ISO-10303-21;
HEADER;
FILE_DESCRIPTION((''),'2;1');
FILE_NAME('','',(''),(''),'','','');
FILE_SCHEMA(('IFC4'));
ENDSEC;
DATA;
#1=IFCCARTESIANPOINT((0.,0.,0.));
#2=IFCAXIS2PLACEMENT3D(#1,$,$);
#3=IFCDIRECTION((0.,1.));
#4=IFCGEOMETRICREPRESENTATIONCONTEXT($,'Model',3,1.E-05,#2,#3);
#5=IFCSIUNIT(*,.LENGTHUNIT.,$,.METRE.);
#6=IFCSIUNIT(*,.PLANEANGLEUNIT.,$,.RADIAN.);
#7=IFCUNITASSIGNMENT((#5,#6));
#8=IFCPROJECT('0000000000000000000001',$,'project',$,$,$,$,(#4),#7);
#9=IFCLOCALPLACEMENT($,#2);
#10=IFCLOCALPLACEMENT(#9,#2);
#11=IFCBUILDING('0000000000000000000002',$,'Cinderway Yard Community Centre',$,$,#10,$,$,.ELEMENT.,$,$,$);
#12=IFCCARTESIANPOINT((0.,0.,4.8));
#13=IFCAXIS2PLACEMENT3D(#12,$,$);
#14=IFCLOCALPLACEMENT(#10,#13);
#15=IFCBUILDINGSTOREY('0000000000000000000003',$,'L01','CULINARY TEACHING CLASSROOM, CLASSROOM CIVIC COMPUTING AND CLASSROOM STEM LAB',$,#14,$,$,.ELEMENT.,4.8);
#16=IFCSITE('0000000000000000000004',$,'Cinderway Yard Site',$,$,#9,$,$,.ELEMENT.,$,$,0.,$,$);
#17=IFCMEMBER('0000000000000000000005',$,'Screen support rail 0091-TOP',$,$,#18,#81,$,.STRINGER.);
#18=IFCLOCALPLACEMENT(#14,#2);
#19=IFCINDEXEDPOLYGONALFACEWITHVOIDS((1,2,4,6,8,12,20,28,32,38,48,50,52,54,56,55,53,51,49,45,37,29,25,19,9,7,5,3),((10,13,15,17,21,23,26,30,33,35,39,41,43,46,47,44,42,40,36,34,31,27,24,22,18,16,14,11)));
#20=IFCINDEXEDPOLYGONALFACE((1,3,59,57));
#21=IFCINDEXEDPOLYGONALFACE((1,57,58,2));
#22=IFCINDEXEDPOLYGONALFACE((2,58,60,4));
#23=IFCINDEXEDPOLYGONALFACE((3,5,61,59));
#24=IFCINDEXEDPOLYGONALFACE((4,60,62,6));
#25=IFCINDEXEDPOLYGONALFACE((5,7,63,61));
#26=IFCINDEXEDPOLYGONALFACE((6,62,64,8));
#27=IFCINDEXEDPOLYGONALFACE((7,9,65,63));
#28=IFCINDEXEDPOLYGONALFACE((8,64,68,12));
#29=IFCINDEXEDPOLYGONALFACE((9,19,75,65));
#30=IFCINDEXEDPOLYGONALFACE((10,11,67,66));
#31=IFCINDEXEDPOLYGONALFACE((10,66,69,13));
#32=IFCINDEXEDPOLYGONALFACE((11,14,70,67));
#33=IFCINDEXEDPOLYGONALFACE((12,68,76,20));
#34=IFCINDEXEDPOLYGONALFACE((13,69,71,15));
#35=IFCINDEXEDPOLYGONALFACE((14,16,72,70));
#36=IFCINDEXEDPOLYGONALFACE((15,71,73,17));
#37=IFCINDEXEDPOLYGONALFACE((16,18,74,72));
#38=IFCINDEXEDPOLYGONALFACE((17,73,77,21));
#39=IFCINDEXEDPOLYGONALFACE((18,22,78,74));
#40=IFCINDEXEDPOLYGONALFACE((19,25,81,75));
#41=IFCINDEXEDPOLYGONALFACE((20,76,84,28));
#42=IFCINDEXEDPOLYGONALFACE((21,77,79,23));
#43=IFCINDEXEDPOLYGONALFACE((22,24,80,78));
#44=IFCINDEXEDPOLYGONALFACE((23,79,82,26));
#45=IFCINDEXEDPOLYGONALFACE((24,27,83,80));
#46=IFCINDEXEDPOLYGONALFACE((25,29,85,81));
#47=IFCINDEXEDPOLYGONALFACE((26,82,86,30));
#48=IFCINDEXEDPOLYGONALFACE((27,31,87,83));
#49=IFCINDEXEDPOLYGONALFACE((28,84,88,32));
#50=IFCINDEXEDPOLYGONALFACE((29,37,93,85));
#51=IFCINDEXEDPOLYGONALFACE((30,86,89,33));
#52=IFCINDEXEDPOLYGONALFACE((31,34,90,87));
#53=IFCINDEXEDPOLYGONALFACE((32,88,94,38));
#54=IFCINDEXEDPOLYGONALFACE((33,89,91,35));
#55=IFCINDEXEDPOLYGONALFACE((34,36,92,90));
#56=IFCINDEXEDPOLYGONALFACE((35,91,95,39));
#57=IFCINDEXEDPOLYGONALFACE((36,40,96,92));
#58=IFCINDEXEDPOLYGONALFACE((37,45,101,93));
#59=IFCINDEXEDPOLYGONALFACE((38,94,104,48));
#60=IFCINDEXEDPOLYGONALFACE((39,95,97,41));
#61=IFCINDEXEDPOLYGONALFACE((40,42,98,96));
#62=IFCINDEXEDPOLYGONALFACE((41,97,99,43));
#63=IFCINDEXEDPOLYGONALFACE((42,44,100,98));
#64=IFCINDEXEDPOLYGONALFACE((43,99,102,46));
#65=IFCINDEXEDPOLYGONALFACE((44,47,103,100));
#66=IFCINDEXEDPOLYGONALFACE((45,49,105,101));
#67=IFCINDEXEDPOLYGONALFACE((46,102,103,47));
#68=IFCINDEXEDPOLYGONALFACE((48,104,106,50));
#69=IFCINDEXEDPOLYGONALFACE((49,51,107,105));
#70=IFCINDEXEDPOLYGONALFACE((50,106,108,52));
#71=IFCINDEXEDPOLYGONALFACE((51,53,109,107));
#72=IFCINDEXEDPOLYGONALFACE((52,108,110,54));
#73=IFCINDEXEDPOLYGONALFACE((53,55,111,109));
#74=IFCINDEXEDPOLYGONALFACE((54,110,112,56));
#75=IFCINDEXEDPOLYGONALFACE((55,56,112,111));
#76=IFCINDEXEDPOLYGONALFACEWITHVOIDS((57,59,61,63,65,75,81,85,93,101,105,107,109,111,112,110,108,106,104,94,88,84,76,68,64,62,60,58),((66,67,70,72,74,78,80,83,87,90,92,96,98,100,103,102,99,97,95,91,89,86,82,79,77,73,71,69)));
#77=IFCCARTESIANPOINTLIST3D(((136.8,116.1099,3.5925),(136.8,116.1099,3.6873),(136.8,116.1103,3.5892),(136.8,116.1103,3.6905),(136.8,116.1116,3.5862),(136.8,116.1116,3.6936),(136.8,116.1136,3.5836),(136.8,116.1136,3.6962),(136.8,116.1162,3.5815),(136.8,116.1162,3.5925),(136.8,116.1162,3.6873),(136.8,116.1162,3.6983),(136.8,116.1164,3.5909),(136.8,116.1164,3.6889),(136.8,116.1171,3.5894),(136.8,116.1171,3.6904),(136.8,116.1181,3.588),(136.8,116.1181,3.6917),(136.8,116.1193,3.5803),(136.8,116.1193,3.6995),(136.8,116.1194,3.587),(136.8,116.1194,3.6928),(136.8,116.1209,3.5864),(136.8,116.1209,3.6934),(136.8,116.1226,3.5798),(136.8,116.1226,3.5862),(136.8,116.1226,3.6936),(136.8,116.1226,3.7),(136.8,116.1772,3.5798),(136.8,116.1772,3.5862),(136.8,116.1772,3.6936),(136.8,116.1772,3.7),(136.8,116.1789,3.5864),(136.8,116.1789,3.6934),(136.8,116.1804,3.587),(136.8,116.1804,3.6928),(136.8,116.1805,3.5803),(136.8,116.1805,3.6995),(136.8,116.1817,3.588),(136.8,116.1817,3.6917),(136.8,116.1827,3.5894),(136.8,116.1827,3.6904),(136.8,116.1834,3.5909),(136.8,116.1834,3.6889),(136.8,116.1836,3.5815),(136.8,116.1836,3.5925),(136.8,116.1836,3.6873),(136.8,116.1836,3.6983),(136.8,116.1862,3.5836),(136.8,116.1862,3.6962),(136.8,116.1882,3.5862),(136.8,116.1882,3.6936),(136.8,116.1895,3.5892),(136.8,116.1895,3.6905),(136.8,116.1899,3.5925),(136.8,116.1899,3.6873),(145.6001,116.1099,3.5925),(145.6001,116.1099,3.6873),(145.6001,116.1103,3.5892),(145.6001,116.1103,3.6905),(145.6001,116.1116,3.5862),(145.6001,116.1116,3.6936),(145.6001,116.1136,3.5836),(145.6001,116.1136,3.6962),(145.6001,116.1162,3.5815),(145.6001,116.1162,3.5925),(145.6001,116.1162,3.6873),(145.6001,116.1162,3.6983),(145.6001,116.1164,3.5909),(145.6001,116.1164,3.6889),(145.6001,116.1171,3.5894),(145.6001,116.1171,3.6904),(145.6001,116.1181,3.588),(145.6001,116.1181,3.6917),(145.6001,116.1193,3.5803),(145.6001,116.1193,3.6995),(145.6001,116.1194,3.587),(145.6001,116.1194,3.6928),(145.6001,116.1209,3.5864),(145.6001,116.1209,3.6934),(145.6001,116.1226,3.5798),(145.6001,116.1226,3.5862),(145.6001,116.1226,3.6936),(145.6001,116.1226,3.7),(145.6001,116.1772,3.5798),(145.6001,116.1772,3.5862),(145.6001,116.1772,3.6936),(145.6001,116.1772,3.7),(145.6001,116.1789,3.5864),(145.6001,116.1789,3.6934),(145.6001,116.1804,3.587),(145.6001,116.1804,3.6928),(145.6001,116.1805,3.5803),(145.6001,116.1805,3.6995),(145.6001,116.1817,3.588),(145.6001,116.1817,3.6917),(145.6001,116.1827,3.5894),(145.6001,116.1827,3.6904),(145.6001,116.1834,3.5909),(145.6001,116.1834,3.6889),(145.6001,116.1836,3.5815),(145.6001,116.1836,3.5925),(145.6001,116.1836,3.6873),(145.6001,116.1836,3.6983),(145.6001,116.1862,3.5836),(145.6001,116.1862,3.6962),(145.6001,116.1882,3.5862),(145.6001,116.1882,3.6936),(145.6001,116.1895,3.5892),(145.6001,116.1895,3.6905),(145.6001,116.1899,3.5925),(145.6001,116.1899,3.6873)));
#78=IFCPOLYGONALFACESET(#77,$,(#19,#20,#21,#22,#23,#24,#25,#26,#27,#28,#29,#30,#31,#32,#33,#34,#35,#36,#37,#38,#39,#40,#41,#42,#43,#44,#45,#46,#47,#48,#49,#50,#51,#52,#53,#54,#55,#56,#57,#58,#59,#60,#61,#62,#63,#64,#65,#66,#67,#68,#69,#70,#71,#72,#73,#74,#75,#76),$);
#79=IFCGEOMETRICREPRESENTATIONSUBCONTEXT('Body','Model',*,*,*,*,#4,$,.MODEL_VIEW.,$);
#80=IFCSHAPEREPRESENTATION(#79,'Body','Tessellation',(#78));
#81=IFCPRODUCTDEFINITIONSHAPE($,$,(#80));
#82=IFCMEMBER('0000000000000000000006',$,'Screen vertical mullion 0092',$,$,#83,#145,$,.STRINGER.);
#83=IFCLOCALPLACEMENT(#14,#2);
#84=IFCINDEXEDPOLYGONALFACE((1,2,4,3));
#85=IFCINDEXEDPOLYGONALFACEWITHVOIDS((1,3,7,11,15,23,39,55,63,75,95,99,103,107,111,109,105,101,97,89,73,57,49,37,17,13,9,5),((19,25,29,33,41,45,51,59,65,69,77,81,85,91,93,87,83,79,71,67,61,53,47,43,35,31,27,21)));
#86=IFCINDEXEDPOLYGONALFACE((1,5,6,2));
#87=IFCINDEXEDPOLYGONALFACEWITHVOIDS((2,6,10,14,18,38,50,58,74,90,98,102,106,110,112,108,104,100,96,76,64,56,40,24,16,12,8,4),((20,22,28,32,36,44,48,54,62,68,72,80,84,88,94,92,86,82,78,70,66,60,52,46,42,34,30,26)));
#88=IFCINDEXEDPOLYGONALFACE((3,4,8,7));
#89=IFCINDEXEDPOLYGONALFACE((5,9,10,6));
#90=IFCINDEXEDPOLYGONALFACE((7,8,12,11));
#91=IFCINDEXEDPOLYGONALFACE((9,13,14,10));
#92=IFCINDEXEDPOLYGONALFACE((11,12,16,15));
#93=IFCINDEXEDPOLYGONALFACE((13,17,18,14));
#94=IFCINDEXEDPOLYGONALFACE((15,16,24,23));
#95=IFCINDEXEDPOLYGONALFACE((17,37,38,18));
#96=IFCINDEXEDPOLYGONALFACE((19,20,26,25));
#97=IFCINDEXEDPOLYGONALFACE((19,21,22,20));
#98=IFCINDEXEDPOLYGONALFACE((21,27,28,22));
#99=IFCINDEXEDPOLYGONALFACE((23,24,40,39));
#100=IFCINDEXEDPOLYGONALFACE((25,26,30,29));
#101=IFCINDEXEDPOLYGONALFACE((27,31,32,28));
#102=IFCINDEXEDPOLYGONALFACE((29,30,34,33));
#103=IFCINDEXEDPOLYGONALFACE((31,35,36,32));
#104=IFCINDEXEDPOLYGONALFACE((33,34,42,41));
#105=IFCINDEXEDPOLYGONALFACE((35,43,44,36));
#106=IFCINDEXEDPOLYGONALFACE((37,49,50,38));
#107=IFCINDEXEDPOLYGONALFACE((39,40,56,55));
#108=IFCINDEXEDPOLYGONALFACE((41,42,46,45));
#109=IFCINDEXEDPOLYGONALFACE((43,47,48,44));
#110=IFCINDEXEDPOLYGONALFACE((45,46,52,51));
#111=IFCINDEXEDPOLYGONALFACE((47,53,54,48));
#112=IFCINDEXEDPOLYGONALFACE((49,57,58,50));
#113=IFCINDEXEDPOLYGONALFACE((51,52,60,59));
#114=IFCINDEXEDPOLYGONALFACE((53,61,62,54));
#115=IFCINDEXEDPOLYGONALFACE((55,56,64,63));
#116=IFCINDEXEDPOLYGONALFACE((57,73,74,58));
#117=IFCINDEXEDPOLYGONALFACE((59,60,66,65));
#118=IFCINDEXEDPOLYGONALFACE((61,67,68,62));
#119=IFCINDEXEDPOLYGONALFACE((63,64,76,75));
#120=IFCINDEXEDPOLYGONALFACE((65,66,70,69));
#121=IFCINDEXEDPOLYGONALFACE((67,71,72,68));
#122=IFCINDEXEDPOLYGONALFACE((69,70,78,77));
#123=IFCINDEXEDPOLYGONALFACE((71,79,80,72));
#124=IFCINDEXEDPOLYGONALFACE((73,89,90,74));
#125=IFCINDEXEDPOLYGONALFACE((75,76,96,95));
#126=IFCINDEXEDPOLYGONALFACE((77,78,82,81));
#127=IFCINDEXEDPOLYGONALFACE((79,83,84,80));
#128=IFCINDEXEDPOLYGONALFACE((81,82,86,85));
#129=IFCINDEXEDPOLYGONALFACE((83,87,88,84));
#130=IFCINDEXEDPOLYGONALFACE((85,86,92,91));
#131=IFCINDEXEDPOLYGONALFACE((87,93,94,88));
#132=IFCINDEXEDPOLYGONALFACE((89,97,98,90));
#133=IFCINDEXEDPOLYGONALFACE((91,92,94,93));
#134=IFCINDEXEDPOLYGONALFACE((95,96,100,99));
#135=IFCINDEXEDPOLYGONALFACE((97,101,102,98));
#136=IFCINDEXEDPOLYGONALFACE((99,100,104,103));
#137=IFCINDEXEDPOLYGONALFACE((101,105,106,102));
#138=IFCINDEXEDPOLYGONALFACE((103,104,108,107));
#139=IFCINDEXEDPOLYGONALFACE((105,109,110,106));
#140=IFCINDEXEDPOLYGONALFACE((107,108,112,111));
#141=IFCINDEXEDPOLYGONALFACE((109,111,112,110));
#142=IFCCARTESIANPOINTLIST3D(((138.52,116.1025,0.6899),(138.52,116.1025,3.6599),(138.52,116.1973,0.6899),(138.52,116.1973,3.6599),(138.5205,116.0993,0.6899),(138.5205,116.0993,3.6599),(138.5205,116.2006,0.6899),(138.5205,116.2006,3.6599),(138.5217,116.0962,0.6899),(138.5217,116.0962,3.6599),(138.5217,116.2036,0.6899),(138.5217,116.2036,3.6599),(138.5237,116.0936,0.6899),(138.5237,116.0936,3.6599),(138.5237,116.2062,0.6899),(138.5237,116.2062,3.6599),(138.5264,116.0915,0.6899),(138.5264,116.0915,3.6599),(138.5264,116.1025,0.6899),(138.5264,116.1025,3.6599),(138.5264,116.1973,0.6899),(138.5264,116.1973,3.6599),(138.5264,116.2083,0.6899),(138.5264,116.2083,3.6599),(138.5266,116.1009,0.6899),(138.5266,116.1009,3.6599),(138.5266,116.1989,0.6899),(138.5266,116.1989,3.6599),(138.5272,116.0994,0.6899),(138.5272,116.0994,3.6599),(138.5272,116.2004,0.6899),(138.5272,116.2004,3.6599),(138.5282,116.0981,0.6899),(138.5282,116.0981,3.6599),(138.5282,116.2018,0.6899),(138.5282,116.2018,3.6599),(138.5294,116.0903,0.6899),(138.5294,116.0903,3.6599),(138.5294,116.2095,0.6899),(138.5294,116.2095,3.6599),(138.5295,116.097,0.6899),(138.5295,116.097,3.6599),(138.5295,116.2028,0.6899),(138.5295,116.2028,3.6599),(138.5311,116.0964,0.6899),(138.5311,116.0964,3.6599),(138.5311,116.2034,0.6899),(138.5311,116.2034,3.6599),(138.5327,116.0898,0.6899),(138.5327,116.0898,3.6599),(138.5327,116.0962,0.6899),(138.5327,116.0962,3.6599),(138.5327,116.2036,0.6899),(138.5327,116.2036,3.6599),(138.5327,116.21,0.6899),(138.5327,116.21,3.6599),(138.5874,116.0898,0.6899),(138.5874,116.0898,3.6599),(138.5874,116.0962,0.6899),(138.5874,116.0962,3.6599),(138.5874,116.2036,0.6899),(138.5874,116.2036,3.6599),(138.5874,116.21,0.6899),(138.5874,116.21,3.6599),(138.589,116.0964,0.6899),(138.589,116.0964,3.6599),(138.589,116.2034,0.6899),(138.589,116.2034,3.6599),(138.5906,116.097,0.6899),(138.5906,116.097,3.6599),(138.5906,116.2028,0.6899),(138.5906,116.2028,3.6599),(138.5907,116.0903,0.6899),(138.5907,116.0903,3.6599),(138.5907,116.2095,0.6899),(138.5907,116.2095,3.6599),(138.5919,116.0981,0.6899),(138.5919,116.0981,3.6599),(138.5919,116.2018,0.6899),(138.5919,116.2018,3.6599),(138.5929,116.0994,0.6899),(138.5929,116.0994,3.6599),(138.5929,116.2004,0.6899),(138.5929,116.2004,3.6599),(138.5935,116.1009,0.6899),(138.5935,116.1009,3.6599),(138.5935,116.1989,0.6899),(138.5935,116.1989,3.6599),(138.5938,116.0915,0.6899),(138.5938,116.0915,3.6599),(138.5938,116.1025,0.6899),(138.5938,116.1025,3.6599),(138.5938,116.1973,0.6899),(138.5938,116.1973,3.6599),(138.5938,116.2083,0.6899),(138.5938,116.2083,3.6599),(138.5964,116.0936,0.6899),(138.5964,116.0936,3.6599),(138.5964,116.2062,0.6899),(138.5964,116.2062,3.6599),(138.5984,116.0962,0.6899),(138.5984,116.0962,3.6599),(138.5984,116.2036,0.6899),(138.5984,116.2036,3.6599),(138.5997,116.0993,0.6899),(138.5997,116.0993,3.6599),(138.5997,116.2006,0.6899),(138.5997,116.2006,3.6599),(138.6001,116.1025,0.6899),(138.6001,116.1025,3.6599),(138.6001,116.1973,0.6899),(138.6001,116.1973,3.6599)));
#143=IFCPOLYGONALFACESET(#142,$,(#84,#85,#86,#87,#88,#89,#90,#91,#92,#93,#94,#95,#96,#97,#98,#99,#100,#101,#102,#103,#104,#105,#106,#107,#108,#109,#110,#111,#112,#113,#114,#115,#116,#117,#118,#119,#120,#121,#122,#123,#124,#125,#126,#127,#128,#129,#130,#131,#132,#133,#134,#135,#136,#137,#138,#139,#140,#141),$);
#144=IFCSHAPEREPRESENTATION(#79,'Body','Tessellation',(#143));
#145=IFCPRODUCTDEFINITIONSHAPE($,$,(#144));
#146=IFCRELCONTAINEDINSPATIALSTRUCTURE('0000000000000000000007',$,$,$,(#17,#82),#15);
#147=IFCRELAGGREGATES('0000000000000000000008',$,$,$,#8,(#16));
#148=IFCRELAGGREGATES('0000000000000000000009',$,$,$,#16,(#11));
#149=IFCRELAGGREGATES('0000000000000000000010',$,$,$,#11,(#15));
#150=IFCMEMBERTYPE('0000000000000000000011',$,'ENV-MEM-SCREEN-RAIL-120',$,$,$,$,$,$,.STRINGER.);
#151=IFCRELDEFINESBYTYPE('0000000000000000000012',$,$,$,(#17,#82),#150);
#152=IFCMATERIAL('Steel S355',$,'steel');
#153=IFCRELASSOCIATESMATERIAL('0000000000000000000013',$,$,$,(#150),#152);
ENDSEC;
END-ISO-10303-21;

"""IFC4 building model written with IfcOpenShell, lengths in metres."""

from ifc_helpers import new_model, si_unit, direction, frame, origin, origin_2d, place, context, subcontext, project, spatial, hollow_rectangle, extrude, material, material_profile, profile_set, type_object, element, save


model = new_model("IFC4")

# Units and contexts
model_context = context("Model", 3, precision=1e-05, world=origin(), true_north=direction((0.0, 1.0)))
body_context = subcontext(model_context, "Body", "Model", "MODEL_VIEW")
ifc_project = project(units=[si_unit("LENGTHUNIT", "METRE"), si_unit("PLANEANGLEUNIT", "RADIAN")], contexts=[model_context])

# Site, building, storey
site_placement = place(None, origin())
site = spatial("IfcSite", under=ifc_project, at=site_placement, Name="Cinderway Yard Site", CompositionType="ELEMENT", RefElevation=0.0)
building_placement = place(site_placement, origin())
building = spatial("IfcBuilding", under=site, at=building_placement, Name="Cinderway Yard Community Centre", CompositionType="ELEMENT")
storey_placement = place(building_placement, frame((0.0, 0.0, 4.8)))
storey = spatial("IfcBuildingStorey", under=building, at=storey_placement, Name="L01", Description="CULINARY TEACHING CLASSROOM, CLASSROOM CIVIC COMPUTING AND CLASSROOM STEM LAB", CompositionType="ELEMENT", Elevation=4.8)

# Members
ifc_material_1 = material(Name="Steel S355", Category="steel")
ifc_material_profile_1 = material_profile(ifc_material_1, hollow_rectangle(XDim=0.0801, YDim=0.1201, WallThickness=0.0063, InnerFilletRadius=0.0063, OuterFilletRadius=0.0127, at=origin_2d()), Name="Steel S355")
ifc_profile_set_1 = profile_set([ifc_material_profile_1], Name="Steel S355")
member_type_1 = type_object("IfcMemberType", Name="ENV-MEM-SCREEN-RAIL-120", PredefinedType="STRINGER", material=ifc_profile_set_1)
member_1_placement = place(storey_placement, frame((136.8, 116.1499, 3.6399), z_axis=(1.0, 0.0, 0.0), x_axis=(0.0, 1.0, 0.0)))
element("IfcMember", 1, at=member_1_placement, inside=storey, type_object=member_type_1, Name="Screen support rail 0091-TOP", PredefinedType="STRINGER", context=body_context, shape_type="SweptSolid", body=[
    extrude(hollow_rectangle(XDim=0.0801, YDim=0.1201, WallThickness=0.0063, InnerFilletRadius=0.0063, OuterFilletRadius=0.0127, at=origin_2d()), origin(), (0.0, 0.0, 1.0), 8.8),
])
for number, where, z_axis, x_axis, name in (
    (2, (138.5601, 116.1499, 0.6899), (0.0, 0.0, 1.0), (1.0, 0.0, 0.0), "Screen vertical mullion 0092"),
):
    element("IfcMember", number, at=place(storey_placement, frame(where, z_axis=z_axis, x_axis=x_axis)), inside=storey, type_object=member_type_1, Name=name, PredefinedType="STRINGER", context=body_context, shape_type="SweptSolid", body=[
        extrude(hollow_rectangle(XDim=0.0801, YDim=0.1201, WallThickness=0.0063, InnerFilletRadius=0.0063, OuterFilletRadius=0.0127, at=origin_2d()), origin(), (0.0, 0.0, 1.0), 2.97),
    ])

save(model, "model.ifc")
